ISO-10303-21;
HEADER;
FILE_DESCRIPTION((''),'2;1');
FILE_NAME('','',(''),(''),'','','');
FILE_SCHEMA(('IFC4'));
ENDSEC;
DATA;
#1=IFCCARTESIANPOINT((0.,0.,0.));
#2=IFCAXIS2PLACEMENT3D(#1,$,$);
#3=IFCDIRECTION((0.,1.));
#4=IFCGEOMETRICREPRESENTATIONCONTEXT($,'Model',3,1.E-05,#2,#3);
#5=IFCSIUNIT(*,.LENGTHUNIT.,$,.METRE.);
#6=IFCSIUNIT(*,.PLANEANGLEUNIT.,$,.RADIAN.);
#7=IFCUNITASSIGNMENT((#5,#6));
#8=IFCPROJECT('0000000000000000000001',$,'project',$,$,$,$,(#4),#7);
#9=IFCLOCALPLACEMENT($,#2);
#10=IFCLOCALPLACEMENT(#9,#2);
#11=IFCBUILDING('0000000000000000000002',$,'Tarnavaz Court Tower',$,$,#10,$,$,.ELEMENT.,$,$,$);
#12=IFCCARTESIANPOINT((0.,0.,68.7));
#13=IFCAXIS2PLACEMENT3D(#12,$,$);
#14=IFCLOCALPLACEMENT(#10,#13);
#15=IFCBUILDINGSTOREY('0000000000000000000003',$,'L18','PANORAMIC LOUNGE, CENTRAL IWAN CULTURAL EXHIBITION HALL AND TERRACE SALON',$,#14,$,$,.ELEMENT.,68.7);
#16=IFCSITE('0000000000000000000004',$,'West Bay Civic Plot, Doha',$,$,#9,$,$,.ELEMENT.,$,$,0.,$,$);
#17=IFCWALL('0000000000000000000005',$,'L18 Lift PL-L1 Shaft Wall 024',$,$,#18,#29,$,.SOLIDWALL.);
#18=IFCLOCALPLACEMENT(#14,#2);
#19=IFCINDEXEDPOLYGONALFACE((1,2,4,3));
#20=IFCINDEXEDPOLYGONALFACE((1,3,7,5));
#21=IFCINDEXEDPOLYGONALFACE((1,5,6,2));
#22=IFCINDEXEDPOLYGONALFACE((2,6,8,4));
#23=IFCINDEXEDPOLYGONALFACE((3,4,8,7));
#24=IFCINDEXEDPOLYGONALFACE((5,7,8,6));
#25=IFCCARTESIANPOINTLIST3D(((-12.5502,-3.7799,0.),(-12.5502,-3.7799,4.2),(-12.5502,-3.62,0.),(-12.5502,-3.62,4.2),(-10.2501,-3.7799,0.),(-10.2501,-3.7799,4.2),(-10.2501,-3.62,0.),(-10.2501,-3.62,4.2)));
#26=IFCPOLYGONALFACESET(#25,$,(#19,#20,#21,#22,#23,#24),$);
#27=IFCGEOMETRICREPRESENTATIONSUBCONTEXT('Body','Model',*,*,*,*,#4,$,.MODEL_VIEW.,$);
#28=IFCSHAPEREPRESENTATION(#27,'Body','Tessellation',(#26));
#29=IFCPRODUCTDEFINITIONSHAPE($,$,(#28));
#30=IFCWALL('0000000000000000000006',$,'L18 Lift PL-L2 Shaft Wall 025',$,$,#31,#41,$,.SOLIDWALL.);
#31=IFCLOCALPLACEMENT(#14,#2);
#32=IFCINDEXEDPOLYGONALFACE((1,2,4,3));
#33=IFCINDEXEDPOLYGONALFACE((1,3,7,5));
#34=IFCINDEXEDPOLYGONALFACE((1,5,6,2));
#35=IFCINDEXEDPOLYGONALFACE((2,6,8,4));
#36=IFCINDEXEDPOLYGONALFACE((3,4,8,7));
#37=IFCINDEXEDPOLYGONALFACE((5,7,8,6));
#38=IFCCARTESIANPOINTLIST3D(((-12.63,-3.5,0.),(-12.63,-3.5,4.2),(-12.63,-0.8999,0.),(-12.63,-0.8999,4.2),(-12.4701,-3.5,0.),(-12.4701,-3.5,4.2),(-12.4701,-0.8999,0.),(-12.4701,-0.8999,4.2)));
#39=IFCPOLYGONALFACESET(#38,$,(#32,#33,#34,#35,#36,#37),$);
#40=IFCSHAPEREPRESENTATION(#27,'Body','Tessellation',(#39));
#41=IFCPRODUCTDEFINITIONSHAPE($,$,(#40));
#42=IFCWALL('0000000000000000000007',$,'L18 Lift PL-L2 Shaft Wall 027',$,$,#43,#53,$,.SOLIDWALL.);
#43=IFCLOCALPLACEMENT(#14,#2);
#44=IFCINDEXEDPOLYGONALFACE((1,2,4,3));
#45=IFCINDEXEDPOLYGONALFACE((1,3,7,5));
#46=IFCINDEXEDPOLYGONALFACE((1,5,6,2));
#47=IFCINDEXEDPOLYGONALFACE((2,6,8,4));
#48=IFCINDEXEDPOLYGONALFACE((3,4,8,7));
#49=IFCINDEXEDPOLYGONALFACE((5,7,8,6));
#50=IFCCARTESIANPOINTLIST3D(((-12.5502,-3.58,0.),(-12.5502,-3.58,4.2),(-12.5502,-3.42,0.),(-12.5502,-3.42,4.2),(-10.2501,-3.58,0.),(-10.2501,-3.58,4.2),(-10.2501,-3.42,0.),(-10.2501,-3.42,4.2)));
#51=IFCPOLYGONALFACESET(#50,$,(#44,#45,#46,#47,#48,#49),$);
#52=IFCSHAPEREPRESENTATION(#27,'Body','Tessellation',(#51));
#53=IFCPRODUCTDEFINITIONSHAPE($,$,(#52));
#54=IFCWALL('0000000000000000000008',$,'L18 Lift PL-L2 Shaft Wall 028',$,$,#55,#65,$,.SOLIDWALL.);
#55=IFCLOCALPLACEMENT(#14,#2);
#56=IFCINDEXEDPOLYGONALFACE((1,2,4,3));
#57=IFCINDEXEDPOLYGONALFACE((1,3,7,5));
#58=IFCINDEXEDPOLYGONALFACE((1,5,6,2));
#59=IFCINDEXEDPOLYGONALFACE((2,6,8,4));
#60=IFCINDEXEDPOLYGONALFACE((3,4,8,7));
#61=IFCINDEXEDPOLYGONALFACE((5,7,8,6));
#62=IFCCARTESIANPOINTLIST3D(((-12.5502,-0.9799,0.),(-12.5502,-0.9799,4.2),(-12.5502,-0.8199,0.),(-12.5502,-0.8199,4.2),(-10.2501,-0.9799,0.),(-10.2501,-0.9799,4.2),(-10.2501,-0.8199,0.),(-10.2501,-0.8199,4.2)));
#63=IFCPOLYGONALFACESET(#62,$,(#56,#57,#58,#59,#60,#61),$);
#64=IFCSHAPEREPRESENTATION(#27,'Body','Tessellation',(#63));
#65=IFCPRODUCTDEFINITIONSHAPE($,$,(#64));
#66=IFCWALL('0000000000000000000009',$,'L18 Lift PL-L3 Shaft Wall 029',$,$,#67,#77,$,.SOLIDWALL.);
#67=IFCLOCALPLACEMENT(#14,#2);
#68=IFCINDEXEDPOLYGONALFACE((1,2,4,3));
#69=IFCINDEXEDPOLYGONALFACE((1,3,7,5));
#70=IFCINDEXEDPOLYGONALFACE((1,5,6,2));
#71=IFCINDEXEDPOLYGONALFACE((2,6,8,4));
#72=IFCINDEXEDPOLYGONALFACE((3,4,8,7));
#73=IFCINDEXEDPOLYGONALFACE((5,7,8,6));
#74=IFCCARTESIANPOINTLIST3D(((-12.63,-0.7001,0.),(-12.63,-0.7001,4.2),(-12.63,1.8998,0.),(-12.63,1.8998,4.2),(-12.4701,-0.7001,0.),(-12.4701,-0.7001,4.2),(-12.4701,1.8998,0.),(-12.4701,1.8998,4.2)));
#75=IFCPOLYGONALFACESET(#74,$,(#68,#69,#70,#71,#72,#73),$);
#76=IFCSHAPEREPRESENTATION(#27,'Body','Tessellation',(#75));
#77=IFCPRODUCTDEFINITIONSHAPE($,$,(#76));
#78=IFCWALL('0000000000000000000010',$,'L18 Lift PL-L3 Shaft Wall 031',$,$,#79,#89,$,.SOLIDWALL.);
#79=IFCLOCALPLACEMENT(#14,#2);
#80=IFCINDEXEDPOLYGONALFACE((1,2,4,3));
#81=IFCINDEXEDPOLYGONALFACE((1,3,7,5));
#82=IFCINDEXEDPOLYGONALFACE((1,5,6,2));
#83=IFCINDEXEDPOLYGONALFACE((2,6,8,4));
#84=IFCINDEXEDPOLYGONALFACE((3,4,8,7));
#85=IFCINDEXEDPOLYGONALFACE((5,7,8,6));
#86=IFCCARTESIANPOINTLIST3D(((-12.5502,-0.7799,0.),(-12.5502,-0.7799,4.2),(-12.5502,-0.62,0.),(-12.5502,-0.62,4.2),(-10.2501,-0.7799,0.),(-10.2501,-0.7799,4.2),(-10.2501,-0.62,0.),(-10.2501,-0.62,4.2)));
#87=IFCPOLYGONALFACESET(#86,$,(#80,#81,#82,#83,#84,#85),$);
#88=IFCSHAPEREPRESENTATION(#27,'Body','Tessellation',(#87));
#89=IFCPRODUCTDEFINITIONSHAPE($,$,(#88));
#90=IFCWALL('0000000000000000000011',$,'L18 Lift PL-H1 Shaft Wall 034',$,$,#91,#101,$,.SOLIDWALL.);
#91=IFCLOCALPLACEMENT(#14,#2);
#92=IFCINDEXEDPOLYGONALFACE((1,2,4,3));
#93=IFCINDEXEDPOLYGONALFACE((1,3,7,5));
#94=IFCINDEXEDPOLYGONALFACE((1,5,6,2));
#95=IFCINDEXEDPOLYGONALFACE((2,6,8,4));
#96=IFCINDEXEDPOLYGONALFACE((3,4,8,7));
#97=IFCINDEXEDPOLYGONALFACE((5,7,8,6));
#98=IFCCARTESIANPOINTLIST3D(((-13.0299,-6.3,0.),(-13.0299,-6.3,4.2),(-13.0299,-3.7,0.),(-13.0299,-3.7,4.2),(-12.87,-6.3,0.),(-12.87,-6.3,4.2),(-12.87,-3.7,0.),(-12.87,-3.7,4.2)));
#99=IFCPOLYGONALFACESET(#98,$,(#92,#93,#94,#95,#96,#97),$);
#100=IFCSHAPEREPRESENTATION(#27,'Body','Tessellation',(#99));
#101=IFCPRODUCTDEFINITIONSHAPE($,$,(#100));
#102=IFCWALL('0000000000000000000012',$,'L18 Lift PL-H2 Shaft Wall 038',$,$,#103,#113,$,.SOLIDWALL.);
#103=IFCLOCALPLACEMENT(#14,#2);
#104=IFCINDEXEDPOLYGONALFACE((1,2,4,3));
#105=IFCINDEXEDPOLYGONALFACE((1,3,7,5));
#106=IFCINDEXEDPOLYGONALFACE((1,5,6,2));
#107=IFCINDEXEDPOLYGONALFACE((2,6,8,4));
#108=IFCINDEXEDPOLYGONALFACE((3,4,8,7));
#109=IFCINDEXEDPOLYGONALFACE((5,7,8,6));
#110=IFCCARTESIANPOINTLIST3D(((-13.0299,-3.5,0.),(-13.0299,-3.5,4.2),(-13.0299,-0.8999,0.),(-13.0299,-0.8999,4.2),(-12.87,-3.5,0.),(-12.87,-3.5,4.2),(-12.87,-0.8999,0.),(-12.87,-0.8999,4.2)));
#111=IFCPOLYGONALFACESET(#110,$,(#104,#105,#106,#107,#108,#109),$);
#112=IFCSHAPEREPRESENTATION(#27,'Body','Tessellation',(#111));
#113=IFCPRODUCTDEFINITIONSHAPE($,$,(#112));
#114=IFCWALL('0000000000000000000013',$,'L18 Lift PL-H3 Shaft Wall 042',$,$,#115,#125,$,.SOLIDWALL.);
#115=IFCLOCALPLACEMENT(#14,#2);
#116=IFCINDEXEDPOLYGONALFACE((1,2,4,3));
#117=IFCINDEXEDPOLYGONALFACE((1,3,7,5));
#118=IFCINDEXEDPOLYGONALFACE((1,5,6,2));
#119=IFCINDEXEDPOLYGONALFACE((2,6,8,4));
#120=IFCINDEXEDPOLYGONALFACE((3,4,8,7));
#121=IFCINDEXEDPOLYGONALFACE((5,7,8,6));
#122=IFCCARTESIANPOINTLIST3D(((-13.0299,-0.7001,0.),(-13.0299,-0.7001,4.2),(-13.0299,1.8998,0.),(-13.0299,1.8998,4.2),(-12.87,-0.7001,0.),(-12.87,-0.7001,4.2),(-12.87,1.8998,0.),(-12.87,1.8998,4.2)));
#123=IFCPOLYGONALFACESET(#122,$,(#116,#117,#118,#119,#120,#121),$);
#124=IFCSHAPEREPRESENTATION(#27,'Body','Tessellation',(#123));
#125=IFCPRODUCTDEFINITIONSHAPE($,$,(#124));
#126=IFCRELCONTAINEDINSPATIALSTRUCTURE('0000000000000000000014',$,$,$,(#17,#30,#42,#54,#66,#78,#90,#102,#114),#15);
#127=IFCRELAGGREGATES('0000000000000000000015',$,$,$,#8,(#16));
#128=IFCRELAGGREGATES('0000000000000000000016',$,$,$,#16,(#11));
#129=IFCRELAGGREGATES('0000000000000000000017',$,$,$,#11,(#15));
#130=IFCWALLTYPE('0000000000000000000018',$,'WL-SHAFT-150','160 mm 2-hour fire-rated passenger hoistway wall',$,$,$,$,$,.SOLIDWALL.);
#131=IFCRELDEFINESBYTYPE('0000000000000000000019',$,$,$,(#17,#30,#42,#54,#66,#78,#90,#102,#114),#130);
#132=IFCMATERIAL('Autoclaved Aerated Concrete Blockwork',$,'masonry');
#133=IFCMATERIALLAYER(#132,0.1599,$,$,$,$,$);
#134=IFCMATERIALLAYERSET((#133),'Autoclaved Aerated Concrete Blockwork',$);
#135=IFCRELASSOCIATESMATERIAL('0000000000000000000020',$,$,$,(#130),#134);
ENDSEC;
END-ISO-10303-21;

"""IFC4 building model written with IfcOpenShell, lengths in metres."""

from ifc_helpers import new_model, si_unit, direction, frame, frame_2d, origin, place, context, subcontext, project, spatial, rectangle, extrude, material, layer, layer_set, type_object, element, save


model = new_model("IFC4")

# Units and contexts
model_context = context("Model", 3, precision=1e-05, world=origin(), true_north=direction((0.0, 1.0)))
body_context = subcontext(model_context, "Body", "Model", "MODEL_VIEW")
ifc_project = project(units=[si_unit("LENGTHUNIT", "METRE"), si_unit("PLANEANGLEUNIT", "RADIAN")], contexts=[model_context])

# Site, building, storey
site_placement = place(None, origin())
site = spatial("IfcSite", under=ifc_project, at=site_placement, Name="West Bay Civic Plot, Doha", CompositionType="ELEMENT", RefElevation=0.0)
building_placement = place(site_placement, origin())
building = spatial("IfcBuilding", under=site, at=building_placement, Name="Tarnavaz Court Tower", CompositionType="ELEMENT")
storey_placement = place(building_placement, frame((0.0, 0.0, 68.7)))
storey = spatial("IfcBuildingStorey", under=building, at=storey_placement, Name="L18", Description="PANORAMIC LOUNGE, CENTRAL IWAN CULTURAL EXHIBITION HALL AND TERRACE SALON", CompositionType="ELEMENT", Elevation=68.7)

# Shared definitions
ifc_material_1 = material(Name="Autoclaved Aerated Concrete Blockwork", Category="masonry")
ifc_layer_1 = layer(ifc_material_1, 0.1599)
ifc_layer_set_1 = layer_set([ifc_layer_1], Name="Autoclaved Aerated Concrete Blockwork")
wall_type_1 = type_object("IfcWallType", Name="WL-SHAFT-150", Description="160 mm 2-hour fire-rated passenger hoistway wall", PredefinedType="SOLIDWALL", material=ifc_layer_set_1)

# Walls
for number, where, z_axis, x_axis, name in (
    (1, (-12.55, -3.7, 0.0), (0.0, 0.0, 1.0), (1.0, 0.0, 0.0), "L18 Lift PL-L1 Shaft Wall 024"),
):
    element("IfcWall", number, at=place(storey_placement, frame(where, z_axis=z_axis, x_axis=x_axis)), inside=storey, type_object=wall_type_1, Name=name, PredefinedType="SOLIDWALL", context=body_context, shape_type="SweptSolid", body=[
        extrude(rectangle(XDim=2.3, YDim=0.1599, at=frame_2d((1.1499, 0.0))), origin(), (0.0, 0.0, 1.0), 4.2),
    ])
wall_1_placement = place(storey_placement, frame((-12.55, -3.5, 0.0), z_axis=(0.0, 0.0, 1.0), x_axis=(0.0, 1.0, 0.0)))
element("IfcWall", 2, at=wall_1_placement, inside=storey, type_object=wall_type_1, Name="L18 Lift PL-L2 Shaft Wall 025", PredefinedType="SOLIDWALL", context=body_context, shape_type="SweptSolid", body=[
    extrude(rectangle(XDim=2.6001, YDim=0.1599, at=frame_2d((1.3, 0.0))), origin(), (0.0, 0.0, 1.0), 4.2),
])

# Walls
for number, where, z_axis, x_axis, name in (
    (3, (-12.55, -3.5, 0.0), (0.0, 0.0, 1.0), (1.0, 0.0, 0.0), "L18 Lift PL-L2 Shaft Wall 027"),
    (4, (-12.55, -0.8999, 0.0), (0.0, 0.0, 1.0), (1.0, 0.0, 0.0), "L18 Lift PL-L2 Shaft Wall 028"),
):
    element("IfcWall", number, at=place(storey_placement, frame(where, z_axis=z_axis, x_axis=x_axis)), inside=storey, type_object=wall_type_1, Name=name, PredefinedType="SOLIDWALL", context=body_context, shape_type="SweptSolid", body=[
        extrude(rectangle(XDim=2.3, YDim=0.1599, at=frame_2d((1.1499, 0.0))), origin(), (0.0, 0.0, 1.0), 4.2),
    ])
wall_2_placement = place(storey_placement, frame((-12.55, -0.7, 0.0), z_axis=(0.0, 0.0, 1.0), x_axis=(0.0, 1.0, 0.0)))
element("IfcWall", 5, at=wall_2_placement, inside=storey, type_object=wall_type_1, Name="L18 Lift PL-L3 Shaft Wall 029", PredefinedType="SOLIDWALL", context=body_context, shape_type="SweptSolid", body=[
    extrude(rectangle(XDim=2.5999, YDim=0.1599, at=frame_2d((1.2998, 0.0))), origin(), (0.0, 0.0, 1.0), 4.2),
])

# Walls
wall_3_placement = place(storey_placement, frame((-12.55, -0.7, 0.0), z_axis=(0.0, 0.0, 1.0), x_axis=(1.0, 0.0, 0.0)))
element("IfcWall", 6, at=wall_3_placement, inside=storey, type_object=wall_type_1, Name="L18 Lift PL-L3 Shaft Wall 031", PredefinedType="SOLIDWALL", context=body_context, shape_type="SweptSolid", body=[
    extrude(rectangle(XDim=2.3, YDim=0.1599, at=frame_2d((1.1499, 0.0))), origin(), (0.0, 0.0, 1.0), 4.2),
])
for number, where, z_axis, x_axis, name in (
    (7, (-12.95, -6.3, 0.0), (0.0, 0.0, 1.0), (0.0, 1.0, 0.0), "L18 Lift PL-H1 Shaft Wall 034"),
    (8, (-12.95, -3.5, 0.0), (0.0, 0.0, 1.0), (0.0, 1.0, 0.0), "L18 Lift PL-H2 Shaft Wall 038"),
):
    element("IfcWall", number, at=place(storey_placement, frame(where, z_axis=z_axis, x_axis=x_axis)), inside=storey, type_object=wall_type_1, Name=name, PredefinedType="SOLIDWALL", context=body_context, shape_type="SweptSolid", body=[
        extrude(rectangle(XDim=2.6001, YDim=0.1599, at=frame_2d((1.3, 0.0))), origin(), (0.0, 0.0, 1.0), 4.2),
    ])
wall_4_placement = place(storey_placement, frame((-12.95, -0.7, 0.0), z_axis=(0.0, 0.0, 1.0), x_axis=(0.0, 1.0, 0.0)))
element("IfcWall", 9, at=wall_4_placement, inside=storey, type_object=wall_type_1, Name="L18 Lift PL-H3 Shaft Wall 042", PredefinedType="SOLIDWALL", context=body_context, shape_type="SweptSolid", body=[
    extrude(rectangle(XDim=2.5999, YDim=0.1599, at=frame_2d((1.2998, 0.0))), origin(), (0.0, 0.0, 1.0), 4.2),
])

save(model, "model.ifc")
